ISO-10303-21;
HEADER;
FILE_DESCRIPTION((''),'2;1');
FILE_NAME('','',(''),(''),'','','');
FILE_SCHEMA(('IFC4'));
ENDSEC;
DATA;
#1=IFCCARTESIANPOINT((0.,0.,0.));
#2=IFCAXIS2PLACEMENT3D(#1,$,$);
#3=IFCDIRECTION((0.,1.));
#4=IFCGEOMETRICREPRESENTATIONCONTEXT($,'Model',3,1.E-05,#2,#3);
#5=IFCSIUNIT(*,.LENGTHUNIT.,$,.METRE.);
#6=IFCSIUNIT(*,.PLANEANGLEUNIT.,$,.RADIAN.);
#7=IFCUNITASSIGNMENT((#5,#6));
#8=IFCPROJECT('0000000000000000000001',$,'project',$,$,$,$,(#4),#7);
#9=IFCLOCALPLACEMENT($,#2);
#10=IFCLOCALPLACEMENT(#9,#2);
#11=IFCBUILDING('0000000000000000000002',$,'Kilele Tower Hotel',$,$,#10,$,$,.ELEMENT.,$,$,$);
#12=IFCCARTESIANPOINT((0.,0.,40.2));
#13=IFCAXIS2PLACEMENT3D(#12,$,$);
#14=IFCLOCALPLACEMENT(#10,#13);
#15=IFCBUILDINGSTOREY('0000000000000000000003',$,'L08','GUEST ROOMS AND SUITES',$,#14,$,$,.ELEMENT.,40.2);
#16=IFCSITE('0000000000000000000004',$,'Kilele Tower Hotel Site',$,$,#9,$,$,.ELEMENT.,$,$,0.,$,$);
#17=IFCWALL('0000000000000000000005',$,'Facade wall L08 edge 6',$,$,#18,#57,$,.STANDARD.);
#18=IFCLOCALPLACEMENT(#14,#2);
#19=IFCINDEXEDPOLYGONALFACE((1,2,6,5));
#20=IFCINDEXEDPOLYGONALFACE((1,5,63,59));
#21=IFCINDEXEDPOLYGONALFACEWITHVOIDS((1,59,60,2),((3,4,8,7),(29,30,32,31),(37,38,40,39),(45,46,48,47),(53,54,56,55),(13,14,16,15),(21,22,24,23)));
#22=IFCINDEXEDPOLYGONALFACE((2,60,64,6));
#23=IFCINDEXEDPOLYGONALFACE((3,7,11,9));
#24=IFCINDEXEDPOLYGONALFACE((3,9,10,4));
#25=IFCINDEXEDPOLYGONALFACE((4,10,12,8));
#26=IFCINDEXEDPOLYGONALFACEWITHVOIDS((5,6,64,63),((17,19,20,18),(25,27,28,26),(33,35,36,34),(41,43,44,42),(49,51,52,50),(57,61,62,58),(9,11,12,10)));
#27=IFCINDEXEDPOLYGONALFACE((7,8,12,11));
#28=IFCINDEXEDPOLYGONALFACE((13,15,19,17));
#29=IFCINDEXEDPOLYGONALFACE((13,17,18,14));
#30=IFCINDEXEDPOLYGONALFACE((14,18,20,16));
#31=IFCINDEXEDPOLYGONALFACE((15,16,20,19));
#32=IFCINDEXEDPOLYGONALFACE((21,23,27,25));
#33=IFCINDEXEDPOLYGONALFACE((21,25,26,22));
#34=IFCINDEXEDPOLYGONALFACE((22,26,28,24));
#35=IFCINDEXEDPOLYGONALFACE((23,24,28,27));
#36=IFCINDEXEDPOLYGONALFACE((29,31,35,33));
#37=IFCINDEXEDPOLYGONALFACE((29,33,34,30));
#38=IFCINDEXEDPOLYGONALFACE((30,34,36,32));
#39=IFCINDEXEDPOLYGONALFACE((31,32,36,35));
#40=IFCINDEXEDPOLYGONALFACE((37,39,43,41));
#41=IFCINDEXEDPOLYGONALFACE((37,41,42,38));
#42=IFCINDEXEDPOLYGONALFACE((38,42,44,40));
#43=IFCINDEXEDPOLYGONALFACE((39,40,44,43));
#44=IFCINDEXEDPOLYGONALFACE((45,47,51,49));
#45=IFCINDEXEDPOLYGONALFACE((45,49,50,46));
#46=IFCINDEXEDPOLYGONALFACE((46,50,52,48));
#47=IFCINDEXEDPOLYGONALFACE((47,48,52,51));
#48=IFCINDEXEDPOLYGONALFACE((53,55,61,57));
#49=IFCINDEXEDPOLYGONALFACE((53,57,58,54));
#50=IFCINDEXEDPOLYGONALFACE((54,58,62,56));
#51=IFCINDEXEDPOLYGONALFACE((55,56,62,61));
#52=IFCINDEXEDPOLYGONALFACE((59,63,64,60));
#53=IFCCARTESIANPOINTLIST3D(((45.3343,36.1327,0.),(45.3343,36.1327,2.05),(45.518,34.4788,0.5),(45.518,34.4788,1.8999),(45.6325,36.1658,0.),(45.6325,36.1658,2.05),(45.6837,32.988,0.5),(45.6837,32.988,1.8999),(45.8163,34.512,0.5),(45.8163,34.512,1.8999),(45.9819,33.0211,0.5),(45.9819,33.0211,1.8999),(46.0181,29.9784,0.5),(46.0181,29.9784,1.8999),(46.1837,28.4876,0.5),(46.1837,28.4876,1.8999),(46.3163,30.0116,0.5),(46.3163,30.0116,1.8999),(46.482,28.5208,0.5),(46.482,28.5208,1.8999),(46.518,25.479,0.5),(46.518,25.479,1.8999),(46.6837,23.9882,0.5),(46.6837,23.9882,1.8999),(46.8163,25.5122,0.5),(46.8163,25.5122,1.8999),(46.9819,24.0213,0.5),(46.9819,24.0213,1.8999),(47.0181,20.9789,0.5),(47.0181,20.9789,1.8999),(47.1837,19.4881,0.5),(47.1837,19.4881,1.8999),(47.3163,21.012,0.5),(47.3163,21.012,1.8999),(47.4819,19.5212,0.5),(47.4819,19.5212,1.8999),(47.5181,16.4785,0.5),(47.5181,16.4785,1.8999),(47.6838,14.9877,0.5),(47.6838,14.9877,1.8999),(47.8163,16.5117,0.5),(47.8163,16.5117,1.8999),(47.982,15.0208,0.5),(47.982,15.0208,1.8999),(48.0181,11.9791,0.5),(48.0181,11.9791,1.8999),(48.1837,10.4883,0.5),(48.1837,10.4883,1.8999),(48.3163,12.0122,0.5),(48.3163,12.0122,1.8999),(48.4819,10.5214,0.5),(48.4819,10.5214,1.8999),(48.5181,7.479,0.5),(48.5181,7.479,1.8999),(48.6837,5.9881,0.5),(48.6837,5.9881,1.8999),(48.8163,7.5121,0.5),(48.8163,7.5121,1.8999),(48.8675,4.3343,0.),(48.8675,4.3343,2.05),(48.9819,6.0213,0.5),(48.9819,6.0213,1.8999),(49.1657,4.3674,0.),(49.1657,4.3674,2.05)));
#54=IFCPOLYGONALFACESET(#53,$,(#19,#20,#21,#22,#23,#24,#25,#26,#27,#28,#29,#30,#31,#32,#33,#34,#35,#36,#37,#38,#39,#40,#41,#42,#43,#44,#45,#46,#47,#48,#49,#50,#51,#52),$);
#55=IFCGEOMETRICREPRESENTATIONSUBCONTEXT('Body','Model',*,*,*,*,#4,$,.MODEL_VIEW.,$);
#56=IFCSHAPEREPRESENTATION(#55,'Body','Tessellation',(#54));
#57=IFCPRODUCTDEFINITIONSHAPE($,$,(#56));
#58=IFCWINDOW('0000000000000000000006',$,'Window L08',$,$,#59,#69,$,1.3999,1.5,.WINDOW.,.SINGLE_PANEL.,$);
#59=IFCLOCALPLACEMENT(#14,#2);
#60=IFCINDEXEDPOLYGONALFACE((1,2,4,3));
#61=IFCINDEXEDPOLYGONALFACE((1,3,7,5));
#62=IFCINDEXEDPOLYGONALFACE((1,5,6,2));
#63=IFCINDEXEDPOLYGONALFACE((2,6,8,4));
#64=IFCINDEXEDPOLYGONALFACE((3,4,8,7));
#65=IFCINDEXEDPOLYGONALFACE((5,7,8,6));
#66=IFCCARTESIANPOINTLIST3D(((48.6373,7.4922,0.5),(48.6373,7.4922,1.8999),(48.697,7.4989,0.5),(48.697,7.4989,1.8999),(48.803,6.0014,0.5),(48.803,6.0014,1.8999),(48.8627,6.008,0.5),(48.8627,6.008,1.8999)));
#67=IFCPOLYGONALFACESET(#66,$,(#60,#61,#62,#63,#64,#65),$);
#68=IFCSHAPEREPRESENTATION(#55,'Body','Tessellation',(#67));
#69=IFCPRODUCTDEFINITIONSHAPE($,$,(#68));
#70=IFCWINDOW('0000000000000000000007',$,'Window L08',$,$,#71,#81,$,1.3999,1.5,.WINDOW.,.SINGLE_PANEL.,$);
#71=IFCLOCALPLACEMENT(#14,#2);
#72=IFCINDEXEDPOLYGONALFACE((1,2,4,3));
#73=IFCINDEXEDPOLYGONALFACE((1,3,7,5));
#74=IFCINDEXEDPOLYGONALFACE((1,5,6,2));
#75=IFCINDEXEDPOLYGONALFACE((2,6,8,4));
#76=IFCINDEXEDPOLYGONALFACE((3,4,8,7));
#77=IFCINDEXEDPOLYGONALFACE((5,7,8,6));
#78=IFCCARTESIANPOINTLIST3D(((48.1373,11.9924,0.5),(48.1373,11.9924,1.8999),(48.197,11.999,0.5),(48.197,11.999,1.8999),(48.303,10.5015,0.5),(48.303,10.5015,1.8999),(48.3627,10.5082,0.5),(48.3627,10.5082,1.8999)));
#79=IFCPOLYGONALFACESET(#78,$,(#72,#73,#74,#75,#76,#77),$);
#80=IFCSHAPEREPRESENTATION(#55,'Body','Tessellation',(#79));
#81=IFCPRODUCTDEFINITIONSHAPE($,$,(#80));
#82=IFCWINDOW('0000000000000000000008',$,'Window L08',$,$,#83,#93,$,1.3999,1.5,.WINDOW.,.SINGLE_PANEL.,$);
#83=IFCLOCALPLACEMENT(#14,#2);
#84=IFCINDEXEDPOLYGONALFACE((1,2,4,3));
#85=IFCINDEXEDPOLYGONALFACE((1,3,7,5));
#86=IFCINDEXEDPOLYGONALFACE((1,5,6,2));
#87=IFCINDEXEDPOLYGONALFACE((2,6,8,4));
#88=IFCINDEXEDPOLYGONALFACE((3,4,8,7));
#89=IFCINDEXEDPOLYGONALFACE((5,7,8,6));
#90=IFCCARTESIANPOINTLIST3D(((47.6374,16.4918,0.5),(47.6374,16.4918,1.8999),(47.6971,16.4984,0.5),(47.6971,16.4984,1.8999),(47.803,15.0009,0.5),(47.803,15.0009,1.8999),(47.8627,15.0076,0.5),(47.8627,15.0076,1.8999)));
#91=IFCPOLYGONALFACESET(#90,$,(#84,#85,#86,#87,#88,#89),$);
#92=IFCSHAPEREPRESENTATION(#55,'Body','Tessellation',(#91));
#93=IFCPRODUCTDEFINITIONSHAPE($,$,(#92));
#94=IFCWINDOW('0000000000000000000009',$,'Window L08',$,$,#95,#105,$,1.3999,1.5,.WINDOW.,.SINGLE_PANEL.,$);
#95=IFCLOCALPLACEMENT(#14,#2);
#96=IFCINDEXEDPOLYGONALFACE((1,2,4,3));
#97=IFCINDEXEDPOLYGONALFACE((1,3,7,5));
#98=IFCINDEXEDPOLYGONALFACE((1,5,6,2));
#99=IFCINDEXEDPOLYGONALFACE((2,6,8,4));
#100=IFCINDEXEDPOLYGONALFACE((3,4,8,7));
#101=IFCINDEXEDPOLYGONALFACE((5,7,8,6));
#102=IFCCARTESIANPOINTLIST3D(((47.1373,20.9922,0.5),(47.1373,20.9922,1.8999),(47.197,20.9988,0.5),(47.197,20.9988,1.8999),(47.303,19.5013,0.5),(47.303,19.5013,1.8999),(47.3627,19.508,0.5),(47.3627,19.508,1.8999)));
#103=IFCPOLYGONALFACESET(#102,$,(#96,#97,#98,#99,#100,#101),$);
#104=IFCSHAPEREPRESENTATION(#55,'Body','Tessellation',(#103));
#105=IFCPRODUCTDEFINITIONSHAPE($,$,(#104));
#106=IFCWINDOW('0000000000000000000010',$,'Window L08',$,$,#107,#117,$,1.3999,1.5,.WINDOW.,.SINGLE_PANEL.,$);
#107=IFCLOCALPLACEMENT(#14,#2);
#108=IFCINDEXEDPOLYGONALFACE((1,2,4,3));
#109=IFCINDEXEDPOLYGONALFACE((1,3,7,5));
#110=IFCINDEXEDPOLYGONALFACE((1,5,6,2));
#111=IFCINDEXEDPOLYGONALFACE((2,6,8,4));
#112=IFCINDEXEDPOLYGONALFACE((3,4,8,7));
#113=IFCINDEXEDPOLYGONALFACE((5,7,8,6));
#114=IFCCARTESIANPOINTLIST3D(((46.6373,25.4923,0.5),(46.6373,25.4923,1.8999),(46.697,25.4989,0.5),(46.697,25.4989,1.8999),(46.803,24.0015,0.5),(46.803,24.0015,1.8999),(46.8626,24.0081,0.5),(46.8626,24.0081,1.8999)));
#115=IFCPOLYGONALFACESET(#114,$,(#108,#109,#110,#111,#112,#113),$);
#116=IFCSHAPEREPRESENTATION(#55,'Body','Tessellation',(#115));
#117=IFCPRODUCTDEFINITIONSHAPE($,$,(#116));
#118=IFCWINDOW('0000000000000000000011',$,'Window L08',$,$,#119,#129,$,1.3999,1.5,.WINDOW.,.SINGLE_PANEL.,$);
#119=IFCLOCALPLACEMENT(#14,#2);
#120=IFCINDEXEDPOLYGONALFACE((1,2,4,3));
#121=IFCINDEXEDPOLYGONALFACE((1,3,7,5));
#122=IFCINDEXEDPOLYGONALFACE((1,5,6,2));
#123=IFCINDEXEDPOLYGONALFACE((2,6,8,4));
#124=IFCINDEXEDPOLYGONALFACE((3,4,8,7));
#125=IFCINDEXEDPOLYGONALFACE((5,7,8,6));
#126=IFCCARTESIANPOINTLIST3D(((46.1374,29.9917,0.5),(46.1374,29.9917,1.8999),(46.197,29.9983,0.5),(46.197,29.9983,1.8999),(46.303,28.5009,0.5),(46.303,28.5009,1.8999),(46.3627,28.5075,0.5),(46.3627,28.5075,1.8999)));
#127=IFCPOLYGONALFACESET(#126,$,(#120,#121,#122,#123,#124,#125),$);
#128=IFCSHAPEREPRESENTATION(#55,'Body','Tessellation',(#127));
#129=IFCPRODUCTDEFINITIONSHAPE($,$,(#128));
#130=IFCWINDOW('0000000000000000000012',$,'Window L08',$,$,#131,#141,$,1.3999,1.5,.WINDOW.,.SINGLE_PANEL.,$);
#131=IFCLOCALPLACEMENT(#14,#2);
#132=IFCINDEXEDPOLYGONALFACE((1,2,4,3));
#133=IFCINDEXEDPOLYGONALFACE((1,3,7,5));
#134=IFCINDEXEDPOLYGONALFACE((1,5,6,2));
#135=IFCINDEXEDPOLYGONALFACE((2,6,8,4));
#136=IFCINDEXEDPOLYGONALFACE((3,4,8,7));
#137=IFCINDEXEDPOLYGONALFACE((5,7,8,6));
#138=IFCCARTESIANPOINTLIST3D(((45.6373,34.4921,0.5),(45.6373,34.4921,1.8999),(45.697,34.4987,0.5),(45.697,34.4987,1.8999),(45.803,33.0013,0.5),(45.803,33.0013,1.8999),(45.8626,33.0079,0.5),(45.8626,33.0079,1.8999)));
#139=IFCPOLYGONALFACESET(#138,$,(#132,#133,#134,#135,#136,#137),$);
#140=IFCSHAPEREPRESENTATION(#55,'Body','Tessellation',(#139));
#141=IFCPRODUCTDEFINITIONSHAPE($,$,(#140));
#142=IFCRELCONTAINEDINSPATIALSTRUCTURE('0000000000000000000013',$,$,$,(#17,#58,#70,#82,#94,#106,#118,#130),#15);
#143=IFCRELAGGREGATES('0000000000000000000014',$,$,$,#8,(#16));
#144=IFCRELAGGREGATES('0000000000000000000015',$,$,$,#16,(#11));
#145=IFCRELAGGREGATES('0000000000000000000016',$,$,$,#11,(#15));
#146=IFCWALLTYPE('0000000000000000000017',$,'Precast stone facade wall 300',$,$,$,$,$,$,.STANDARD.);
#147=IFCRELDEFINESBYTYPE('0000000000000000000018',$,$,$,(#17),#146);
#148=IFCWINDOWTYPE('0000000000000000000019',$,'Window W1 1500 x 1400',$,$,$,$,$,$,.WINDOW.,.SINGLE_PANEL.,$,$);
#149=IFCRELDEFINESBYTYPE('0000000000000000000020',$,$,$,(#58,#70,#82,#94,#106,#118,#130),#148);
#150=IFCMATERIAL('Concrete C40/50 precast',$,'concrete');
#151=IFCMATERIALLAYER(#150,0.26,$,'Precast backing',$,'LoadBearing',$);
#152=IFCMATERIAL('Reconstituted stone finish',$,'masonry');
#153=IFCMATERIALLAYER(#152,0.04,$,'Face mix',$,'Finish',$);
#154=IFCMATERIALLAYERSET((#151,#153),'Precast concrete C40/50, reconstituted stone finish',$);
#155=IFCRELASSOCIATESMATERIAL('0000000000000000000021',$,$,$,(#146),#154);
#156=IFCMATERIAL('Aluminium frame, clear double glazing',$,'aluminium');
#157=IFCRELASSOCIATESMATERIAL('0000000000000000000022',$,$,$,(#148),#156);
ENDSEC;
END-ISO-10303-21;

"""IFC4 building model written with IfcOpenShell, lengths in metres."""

from ifc_helpers import new_model, si_unit, direction, frame, frame_2d, origin, place, context, subcontext, project, spatial, rectangle, extrude, material, layer, layer_set, type_object, element, fill, save


model = new_model("IFC4")

# Units and contexts
model_context = context("Model", 3, precision=1e-05, world=origin(), true_north=direction((0.0, 1.0)))
body_context = subcontext(model_context, "Body", "Model", "MODEL_VIEW")
ifc_project = project(units=[si_unit("LENGTHUNIT", "METRE"), si_unit("PLANEANGLEUNIT", "RADIAN")], contexts=[model_context])

# Site, building, storey
site_placement = place(None, origin())
site = spatial("IfcSite", under=ifc_project, at=site_placement, Name="Kilele Tower Hotel Site", CompositionType="ELEMENT", RefElevation=0.0)
building_placement = place(site_placement, origin())
building = spatial("IfcBuilding", under=site, at=building_placement, Name="Kilele Tower Hotel", CompositionType="ELEMENT")
storey_placement = place(building_placement, frame((0.0, 0.0, 40.2)))
storey = spatial("IfcBuildingStorey", under=building, at=storey_placement, Name="L08", Description="GUEST ROOMS AND SUITES", CompositionType="ELEMENT", Elevation=40.2)

# Shared definitions
ifc_material_1 = material(Name="Concrete C40/50 precast", Category="concrete")
ifc_layer_1 = layer(ifc_material_1, 0.26, Name="Precast backing", Category="LoadBearing")
ifc_material_2 = material(Name="Reconstituted stone finish", Category="masonry")
ifc_layer_2 = layer(ifc_material_2, 0.04, Name="Face mix", Category="Finish")
ifc_layer_set_1 = layer_set([ifc_layer_1, ifc_layer_2], Name="Precast concrete C40/50, reconstituted stone finish")
wall_type_1 = type_object("IfcWallType", Name="Precast stone facade wall 300", PredefinedType="STANDARD", material=ifc_layer_set_1)
ifc_material_3 = material(Name="Aluminium frame, clear double glazing", Category="aluminium")
window_type = type_object("IfcWindowType", Name="Window W1 1500 x 1400", PartitioningType="SINGLE_PANEL", PredefinedType="WINDOW", material=ifc_material_3)

# Wall, openings, windows
wall_1_placement = place(storey_placement, frame((49.0166, 4.3508, 0.0), z_axis=(0.0, 0.0, 1.0), x_axis=(-0.110433, 0.993884, 0.0)))
wall_1 = element("IfcWall", 1, at=wall_1_placement, inside=storey, type_object=wall_type_1, Name="Facade wall L08 edge 6", PredefinedType="STANDARD", context=body_context, shape_type="SweptSolid", body=[
    extrude(rectangle(XDim=31.9941, YDim=0.3, at=frame_2d((15.9971, 0.0))), origin(), (0.0, 0.0, 1.0), 2.05),
])
opening_1_placement = place(wall_1_placement, frame((1.6641, 0.0, 0.5)))
opening_1 = element("IfcOpeningElement", 2, at=opening_1_placement, cuts=wall_1, PredefinedType="OPENING", context=body_context, shape_type="SweptSolid", body=[
    extrude(rectangle(XDim=1.5, YDim=1.3999, at=frame_2d((0.75, 0.7))), frame((0.0, 0.1599, 0.0), z_axis=(0.0, -1.0, 0.0), x_axis=(1.0, 0.0, 0.0)), (0.0, 0.0, 1.0), 0.3201),
])
opening_2_placement = place(wall_1_placement, frame((6.1919, 0.0, 0.5)))
opening_2 = element("IfcOpeningElement", 3, at=opening_2_placement, cuts=wall_1, PredefinedType="OPENING", context=body_context, shape_type="SweptSolid", body=[
    extrude(rectangle(XDim=1.5, YDim=1.3999, at=frame_2d((0.75, 0.7))), frame((0.0, 0.1599, 0.0), z_axis=(0.0, -1.0, 0.0), x_axis=(1.0, 0.0, 0.0)), (0.0, 0.0, 1.0), 0.3201),
])
opening_3_placement = place(wall_1_placement, frame((10.719, 0.0, 0.5)))
opening_3 = element("IfcOpeningElement", 4, at=opening_3_placement, cuts=wall_1, PredefinedType="OPENING", context=body_context, shape_type="SweptSolid", body=[
    extrude(rectangle(XDim=1.5, YDim=1.3999, at=frame_2d((0.75, 0.7))), frame((0.0, 0.1599, 0.0), z_axis=(0.0, -1.0, 0.0), x_axis=(1.0, 0.0, 0.0)), (0.0, 0.0, 1.0), 0.3201),
])
opening_4_placement = place(wall_1_placement, frame((15.2471, 0.0, 0.5)))
opening_4 = element("IfcOpeningElement", 5, at=opening_4_placement, cuts=wall_1, PredefinedType="OPENING", context=body_context, shape_type="SweptSolid", body=[
    extrude(rectangle(XDim=1.5, YDim=1.3999, at=frame_2d((0.75, 0.7))), frame((0.0, 0.1599, 0.0), z_axis=(0.0, -1.0, 0.0), x_axis=(1.0, 0.0, 0.0)), (0.0, 0.0, 1.0), 0.3201),
])
opening_5_placement = place(wall_1_placement, frame((19.7749, 0.0, 0.5)))
opening_5 = element("IfcOpeningElement", 6, at=opening_5_placement, cuts=wall_1, PredefinedType="OPENING", context=body_context, shape_type="SweptSolid", body=[
    extrude(rectangle(XDim=1.5, YDim=1.3999, at=frame_2d((0.75, 0.7))), frame((0.0, 0.1599, 0.0), z_axis=(0.0, -1.0, 0.0), x_axis=(1.0, 0.0, 0.0)), (0.0, 0.0, 1.0), 0.3201),
])
opening_6_placement = place(wall_1_placement, frame((24.302, 0.0, 0.5)))
opening_6 = element("IfcOpeningElement", 7, at=opening_6_placement, cuts=wall_1, PredefinedType="OPENING", context=body_context, shape_type="SweptSolid", body=[
    extrude(rectangle(XDim=1.5, YDim=1.3999, at=frame_2d((0.75, 0.7))), frame((0.0, 0.1599, 0.0), z_axis=(0.0, -1.0, 0.0), x_axis=(1.0, 0.0, 0.0)), (0.0, 0.0, 1.0), 0.3201),
])
opening_7_placement = place(wall_1_placement, frame((28.8301, 0.0, 0.5)))
opening_7 = element("IfcOpeningElement", 8, at=opening_7_placement, cuts=wall_1, PredefinedType="OPENING", context=body_context, shape_type="SweptSolid", body=[
    extrude(rectangle(XDim=1.5, YDim=1.3999, at=frame_2d((0.75, 0.7))), frame((0.0, 0.1599, 0.0), z_axis=(0.0, -1.0, 0.0), x_axis=(1.0, 0.0, 0.0)), (0.0, 0.0, 1.0), 0.3201),
])
window_1_placement = place(opening_1_placement, origin())
window_1 = element("IfcWindow", 9, at=window_1_placement, inside=storey, type_object=window_type, Name="Window L08", OverallHeight=1.3999, OverallWidth=1.5, PartitioningType="SINGLE_PANEL", PredefinedType="WINDOW", context=body_context, shape_type="SweptSolid", body=[
    extrude(rectangle(XDim=1.5, YDim=1.3999, at=frame_2d((0.75, 0.7))), frame((0.0, 0.03, 0.0), z_axis=(0.0, -1.0, 0.0), x_axis=(1.0, 0.0, 0.0)), (0.0, 0.0, 1.0), 0.0601),
])
fill(opening_1, window_1)
window_2_placement = place(opening_2_placement, origin())
window_2 = element("IfcWindow", 10, at=window_2_placement, inside=storey, type_object=window_type, Name="Window L08", OverallHeight=1.3999, OverallWidth=1.5, PartitioningType="SINGLE_PANEL", PredefinedType="WINDOW", context=body_context, shape_type="SweptSolid", body=[
    extrude(rectangle(XDim=1.5, YDim=1.3999, at=frame_2d((0.75, 0.7))), frame((0.0, 0.03, 0.0), z_axis=(0.0, -1.0, 0.0), x_axis=(1.0, 0.0, 0.0)), (0.0, 0.0, 1.0), 0.0601),
])
fill(opening_2, window_2)
window_3_placement = place(opening_3_placement, origin())
window_3 = element("IfcWindow", 11, at=window_3_placement, inside=storey, type_object=window_type, Name="Window L08", OverallHeight=1.3999, OverallWidth=1.5, PartitioningType="SINGLE_PANEL", PredefinedType="WINDOW", context=body_context, shape_type="SweptSolid", body=[
    extrude(rectangle(XDim=1.5, YDim=1.3999, at=frame_2d((0.75, 0.7))), frame((0.0, 0.03, 0.0), z_axis=(0.0, -1.0, 0.0), x_axis=(1.0, 0.0, 0.0)), (0.0, 0.0, 1.0), 0.0601),
])
fill(opening_3, window_3)
window_4_placement = place(opening_4_placement, origin())
window_4 = element("IfcWindow", 12, at=window_4_placement, inside=storey, type_object=window_type, Name="Window L08", OverallHeight=1.3999, OverallWidth=1.5, PartitioningType="SINGLE_PANEL", PredefinedType="WINDOW", context=body_context, shape_type="SweptSolid", body=[
    extrude(rectangle(XDim=1.5, YDim=1.3999, at=frame_2d((0.75, 0.7))), frame((0.0, 0.03, 0.0), z_axis=(0.0, -1.0, 0.0), x_axis=(1.0, 0.0, 0.0)), (0.0, 0.0, 1.0), 0.0601),
])
fill(opening_4, window_4)
window_5_placement = place(opening_5_placement, origin())
window_5 = element("IfcWindow", 13, at=window_5_placement, inside=storey, type_object=window_type, Name="Window L08", OverallHeight=1.3999, OverallWidth=1.5, PartitioningType="SINGLE_PANEL", PredefinedType="WINDOW", context=body_context, shape_type="SweptSolid", body=[
    extrude(rectangle(XDim=1.5, YDim=1.3999, at=frame_2d((0.75, 0.7))), frame((0.0, 0.03, 0.0), z_axis=(0.0, -1.0, 0.0), x_axis=(1.0, 0.0, 0.0)), (0.0, 0.0, 1.0), 0.0601),
])
fill(opening_5, window_5)
window_6_placement = place(opening_6_placement, origin())
window_6 = element("IfcWindow", 14, at=window_6_placement, inside=storey, type_object=window_type, Name="Window L08", OverallHeight=1.3999, OverallWidth=1.5, PartitioningType="SINGLE_PANEL", PredefinedType="WINDOW", context=body_context, shape_type="SweptSolid", body=[
    extrude(rectangle(XDim=1.5, YDim=1.3999, at=frame_2d((0.75, 0.7))), frame((0.0, 0.03, 0.0), z_axis=(0.0, -1.0, 0.0), x_axis=(1.0, 0.0, 0.0)), (0.0, 0.0, 1.0), 0.0601),
])
fill(opening_6, window_6)
window_7_placement = place(opening_7_placement, origin())
window_7 = element("IfcWindow", 15, at=window_7_placement, inside=storey, type_object=window_type, Name="Window L08", OverallHeight=1.3999, OverallWidth=1.5, PartitioningType="SINGLE_PANEL", PredefinedType="WINDOW", context=body_context, shape_type="SweptSolid", body=[
    extrude(rectangle(XDim=1.5, YDim=1.3999, at=frame_2d((0.75, 0.7))), frame((0.0, 0.03, 0.0), z_axis=(0.0, -1.0, 0.0), x_axis=(1.0, 0.0, 0.0)), (0.0, 0.0, 1.0), 0.0601),
])
fill(opening_7, window_7)

save(model, "model.ifc")
